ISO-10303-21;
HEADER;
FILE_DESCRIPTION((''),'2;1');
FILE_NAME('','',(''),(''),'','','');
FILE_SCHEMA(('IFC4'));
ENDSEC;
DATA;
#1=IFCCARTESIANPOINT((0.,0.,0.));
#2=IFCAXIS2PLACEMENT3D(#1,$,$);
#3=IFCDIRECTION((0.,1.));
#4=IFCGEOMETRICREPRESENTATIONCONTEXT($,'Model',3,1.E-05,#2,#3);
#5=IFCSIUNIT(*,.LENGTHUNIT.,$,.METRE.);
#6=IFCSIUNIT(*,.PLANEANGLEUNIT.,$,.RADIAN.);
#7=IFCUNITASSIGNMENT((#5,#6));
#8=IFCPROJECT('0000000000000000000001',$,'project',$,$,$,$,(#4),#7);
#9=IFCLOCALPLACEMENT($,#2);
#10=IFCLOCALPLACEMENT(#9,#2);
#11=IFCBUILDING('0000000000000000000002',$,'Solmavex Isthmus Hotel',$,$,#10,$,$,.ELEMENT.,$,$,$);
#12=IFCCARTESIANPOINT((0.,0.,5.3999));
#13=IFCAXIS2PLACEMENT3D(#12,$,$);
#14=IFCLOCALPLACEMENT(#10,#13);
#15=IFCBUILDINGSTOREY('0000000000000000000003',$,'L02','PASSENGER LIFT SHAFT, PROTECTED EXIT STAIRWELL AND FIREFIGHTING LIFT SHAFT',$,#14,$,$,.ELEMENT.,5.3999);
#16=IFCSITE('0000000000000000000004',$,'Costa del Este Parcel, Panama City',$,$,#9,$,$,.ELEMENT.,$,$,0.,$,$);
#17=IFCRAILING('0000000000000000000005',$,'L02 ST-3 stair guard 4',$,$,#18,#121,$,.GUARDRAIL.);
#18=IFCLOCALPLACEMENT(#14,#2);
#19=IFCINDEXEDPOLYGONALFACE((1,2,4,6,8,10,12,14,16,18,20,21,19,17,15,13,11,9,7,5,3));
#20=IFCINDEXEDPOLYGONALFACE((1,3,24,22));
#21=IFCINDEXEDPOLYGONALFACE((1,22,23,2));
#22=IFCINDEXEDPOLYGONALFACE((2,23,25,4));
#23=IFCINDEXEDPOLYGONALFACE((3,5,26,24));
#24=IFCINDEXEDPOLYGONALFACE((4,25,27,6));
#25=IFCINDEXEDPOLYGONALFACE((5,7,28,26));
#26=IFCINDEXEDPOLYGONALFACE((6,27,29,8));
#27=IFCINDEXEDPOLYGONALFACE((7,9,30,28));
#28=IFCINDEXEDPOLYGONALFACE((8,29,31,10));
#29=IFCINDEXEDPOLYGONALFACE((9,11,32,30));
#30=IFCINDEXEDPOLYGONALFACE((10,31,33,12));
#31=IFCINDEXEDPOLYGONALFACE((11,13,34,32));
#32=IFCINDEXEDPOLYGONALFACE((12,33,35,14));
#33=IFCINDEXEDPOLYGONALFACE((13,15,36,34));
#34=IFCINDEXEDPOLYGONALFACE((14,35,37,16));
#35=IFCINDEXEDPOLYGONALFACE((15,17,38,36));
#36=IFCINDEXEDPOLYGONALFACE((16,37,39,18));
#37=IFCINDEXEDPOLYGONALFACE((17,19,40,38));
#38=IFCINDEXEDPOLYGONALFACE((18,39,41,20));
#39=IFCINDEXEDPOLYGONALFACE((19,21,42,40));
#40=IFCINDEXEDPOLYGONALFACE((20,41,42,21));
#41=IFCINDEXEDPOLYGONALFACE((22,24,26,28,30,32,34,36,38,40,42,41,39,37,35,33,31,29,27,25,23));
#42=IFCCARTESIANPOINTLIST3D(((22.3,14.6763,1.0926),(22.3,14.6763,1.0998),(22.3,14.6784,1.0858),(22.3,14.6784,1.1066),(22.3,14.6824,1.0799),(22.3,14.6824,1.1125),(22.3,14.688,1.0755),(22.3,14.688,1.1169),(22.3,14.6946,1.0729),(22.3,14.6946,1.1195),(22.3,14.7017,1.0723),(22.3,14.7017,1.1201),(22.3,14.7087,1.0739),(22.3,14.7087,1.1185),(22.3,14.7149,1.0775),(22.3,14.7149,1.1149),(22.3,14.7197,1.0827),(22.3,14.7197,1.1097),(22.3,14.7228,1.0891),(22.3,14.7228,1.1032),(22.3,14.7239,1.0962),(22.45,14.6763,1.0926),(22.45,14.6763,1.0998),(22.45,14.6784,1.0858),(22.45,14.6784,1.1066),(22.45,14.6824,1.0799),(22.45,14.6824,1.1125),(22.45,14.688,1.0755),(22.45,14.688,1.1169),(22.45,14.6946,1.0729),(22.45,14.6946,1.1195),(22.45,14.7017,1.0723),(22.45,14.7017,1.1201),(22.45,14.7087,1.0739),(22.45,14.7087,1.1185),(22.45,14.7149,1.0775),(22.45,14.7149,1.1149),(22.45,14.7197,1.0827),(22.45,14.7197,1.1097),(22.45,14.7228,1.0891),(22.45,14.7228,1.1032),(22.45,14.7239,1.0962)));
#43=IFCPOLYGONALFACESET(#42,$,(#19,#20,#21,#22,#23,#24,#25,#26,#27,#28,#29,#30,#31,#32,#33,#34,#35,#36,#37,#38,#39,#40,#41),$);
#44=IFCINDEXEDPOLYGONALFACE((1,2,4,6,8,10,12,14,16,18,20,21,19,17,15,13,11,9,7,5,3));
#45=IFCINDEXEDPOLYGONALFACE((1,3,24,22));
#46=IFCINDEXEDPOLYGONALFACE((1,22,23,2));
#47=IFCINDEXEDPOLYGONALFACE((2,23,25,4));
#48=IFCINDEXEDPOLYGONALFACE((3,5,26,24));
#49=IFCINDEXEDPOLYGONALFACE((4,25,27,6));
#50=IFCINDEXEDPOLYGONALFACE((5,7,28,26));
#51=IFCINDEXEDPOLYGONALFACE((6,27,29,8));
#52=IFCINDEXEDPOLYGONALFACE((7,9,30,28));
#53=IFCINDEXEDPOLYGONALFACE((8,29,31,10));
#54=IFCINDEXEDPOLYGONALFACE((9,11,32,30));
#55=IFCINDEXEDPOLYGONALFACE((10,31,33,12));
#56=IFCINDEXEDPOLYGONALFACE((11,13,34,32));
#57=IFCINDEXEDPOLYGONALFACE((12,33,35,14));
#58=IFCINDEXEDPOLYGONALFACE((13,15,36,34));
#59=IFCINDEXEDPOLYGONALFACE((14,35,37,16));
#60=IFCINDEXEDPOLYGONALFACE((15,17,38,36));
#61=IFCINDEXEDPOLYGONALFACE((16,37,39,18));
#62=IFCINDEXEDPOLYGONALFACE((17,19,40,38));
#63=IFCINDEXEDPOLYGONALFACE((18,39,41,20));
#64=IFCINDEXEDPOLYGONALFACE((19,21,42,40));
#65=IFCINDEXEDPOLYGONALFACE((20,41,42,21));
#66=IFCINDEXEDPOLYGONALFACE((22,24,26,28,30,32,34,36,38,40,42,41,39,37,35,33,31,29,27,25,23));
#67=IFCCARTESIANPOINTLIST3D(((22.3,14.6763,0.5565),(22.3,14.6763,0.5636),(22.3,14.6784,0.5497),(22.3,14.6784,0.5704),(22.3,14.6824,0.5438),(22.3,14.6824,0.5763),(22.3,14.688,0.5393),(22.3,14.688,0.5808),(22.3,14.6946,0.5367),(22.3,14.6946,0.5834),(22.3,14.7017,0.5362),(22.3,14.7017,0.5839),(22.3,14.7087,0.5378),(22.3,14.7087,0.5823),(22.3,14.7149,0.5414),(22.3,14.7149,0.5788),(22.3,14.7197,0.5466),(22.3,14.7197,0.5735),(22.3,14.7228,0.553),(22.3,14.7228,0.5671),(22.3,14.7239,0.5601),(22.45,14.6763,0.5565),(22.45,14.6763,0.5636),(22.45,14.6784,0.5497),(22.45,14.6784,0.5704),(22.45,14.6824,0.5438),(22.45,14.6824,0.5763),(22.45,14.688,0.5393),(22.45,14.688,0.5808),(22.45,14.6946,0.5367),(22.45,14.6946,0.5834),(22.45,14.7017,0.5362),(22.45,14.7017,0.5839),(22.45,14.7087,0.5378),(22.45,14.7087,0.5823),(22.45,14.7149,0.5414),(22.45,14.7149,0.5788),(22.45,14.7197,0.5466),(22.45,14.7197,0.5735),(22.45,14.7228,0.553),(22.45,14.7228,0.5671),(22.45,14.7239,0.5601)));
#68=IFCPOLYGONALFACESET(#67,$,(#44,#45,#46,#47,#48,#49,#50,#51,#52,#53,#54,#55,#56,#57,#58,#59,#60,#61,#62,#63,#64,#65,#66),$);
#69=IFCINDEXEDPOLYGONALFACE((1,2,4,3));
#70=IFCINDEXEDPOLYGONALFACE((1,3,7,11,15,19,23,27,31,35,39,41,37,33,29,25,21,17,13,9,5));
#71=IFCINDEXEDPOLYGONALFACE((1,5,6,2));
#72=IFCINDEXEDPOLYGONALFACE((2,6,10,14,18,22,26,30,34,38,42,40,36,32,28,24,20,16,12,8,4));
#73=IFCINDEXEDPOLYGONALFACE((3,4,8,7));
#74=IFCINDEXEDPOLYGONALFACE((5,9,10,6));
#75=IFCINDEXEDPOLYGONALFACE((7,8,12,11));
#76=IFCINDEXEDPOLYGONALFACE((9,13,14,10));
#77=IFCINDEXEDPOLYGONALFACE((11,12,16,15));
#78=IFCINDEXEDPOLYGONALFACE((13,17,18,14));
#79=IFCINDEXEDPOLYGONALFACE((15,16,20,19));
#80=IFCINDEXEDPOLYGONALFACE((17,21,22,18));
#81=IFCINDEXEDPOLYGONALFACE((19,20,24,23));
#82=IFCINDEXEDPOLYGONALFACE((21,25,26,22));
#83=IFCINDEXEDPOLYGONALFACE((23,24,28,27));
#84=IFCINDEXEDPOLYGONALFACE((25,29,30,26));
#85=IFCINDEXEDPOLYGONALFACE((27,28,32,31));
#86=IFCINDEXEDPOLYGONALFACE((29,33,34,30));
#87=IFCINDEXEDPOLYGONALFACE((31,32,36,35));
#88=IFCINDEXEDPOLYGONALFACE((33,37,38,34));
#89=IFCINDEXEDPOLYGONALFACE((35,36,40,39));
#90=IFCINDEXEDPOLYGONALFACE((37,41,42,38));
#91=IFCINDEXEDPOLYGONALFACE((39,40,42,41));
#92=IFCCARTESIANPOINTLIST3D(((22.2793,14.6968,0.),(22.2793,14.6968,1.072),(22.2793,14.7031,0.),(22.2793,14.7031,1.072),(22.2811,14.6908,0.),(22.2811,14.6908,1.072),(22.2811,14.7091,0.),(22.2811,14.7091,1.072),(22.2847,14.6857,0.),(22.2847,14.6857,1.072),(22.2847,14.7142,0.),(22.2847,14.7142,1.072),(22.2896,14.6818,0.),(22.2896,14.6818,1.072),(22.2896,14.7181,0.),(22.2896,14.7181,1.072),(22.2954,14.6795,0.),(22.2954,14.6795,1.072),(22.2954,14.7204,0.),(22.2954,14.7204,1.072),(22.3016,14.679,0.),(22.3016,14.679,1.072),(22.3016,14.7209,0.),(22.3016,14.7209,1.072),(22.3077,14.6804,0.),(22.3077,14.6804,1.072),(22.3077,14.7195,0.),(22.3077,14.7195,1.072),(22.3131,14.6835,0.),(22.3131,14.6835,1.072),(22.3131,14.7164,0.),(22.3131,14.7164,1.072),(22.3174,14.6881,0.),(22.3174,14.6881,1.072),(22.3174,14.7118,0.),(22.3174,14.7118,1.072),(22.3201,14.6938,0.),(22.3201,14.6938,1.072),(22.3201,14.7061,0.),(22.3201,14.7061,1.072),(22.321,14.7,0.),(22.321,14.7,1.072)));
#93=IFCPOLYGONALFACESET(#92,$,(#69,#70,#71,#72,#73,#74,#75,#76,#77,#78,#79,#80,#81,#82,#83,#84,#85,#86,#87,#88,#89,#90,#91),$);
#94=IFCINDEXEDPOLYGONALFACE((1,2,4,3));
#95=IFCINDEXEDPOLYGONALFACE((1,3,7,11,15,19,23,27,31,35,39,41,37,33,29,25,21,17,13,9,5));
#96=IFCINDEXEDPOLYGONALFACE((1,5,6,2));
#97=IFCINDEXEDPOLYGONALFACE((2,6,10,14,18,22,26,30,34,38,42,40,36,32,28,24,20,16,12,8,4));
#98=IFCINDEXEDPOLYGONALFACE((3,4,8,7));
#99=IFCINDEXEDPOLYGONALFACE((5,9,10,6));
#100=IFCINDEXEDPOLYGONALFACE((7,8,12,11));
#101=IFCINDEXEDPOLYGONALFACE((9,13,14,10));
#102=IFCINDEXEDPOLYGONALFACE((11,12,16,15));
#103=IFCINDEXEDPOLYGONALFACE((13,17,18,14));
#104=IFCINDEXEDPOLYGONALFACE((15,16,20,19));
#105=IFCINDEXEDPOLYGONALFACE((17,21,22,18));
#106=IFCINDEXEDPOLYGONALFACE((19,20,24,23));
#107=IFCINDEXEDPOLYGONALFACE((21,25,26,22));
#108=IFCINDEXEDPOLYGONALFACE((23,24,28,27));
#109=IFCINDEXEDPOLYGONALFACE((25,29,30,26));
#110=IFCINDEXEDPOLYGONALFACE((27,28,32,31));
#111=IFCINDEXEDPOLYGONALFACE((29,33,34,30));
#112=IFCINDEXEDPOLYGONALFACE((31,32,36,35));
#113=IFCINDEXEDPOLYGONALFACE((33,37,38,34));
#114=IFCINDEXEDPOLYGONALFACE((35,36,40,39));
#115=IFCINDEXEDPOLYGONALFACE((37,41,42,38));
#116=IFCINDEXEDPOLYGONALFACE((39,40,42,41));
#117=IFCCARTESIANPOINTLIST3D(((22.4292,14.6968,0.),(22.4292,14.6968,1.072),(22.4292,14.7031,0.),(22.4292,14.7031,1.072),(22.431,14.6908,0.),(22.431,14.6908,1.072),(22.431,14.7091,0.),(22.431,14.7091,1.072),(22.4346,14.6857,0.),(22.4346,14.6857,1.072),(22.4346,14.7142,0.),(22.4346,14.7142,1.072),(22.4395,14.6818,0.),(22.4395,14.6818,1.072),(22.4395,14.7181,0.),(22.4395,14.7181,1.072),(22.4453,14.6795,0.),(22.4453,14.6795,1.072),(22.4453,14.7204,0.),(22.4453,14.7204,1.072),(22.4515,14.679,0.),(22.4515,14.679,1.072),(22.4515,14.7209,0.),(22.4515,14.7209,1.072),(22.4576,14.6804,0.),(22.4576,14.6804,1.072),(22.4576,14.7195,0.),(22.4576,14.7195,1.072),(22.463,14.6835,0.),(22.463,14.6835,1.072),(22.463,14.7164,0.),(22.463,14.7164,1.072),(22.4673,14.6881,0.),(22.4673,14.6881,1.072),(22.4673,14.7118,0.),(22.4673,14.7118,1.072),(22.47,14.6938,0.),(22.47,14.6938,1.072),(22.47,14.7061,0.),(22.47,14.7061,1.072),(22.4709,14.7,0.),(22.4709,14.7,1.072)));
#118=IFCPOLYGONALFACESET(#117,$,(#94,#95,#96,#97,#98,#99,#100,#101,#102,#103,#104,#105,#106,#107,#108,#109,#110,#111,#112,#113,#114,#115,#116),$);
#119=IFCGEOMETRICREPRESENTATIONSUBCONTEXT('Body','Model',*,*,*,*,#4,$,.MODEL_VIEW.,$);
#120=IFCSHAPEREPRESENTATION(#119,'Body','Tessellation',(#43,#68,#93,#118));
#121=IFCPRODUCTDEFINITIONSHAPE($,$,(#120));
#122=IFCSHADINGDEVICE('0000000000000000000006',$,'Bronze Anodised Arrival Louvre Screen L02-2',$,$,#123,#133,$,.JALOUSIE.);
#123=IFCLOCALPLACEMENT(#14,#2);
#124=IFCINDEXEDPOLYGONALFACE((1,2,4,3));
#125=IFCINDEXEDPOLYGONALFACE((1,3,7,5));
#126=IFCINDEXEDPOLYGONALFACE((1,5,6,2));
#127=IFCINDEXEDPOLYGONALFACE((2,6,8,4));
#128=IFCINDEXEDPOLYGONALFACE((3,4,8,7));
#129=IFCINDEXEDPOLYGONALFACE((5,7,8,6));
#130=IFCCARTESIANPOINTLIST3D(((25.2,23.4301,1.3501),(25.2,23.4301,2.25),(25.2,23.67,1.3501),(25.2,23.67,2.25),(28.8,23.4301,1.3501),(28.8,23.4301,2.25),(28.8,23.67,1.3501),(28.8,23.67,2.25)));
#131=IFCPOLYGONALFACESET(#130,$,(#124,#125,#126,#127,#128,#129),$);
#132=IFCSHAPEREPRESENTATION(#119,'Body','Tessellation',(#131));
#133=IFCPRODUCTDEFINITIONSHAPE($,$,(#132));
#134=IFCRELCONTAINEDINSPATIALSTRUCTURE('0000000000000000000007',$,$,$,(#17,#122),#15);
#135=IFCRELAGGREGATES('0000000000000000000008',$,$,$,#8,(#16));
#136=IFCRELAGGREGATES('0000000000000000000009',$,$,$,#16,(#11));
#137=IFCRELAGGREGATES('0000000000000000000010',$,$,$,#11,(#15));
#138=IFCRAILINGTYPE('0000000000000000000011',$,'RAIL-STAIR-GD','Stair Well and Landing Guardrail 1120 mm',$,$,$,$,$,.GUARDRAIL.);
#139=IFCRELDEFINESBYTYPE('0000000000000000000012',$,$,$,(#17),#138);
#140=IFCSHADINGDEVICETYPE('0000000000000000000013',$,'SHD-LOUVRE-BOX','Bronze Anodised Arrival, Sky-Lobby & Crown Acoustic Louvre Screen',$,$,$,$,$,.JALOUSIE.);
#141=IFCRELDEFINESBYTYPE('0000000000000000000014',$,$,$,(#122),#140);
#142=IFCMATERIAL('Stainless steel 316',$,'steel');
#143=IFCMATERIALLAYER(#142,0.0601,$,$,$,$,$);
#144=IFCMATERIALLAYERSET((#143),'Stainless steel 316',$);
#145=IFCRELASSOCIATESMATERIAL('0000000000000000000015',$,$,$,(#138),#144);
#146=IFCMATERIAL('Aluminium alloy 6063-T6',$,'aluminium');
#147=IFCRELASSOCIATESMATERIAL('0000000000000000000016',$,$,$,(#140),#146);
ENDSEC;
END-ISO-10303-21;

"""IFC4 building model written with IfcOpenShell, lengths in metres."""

from ifc_helpers import new_model, si_unit, direction, frame, origin, origin_2d, place, context, subcontext, project, spatial, rectangle, circle, extrude, material, layer, layer_set, type_object, element, save


model = new_model("IFC4")

# Units and contexts
model_context = context("Model", 3, precision=1e-05, world=origin(), true_north=direction((0.0, 1.0)))
body_context = subcontext(model_context, "Body", "Model", "MODEL_VIEW")
ifc_project = project(units=[si_unit("LENGTHUNIT", "METRE"), si_unit("PLANEANGLEUNIT", "RADIAN")], contexts=[model_context])

# Site, building, storey
site_placement = place(None, origin())
site = spatial("IfcSite", under=ifc_project, at=site_placement, Name="Costa del Este Parcel, Panama City", CompositionType="ELEMENT", RefElevation=0.0)
building_placement = place(site_placement, origin())
building = spatial("IfcBuilding", under=site, at=building_placement, Name="Solmavex Isthmus Hotel", CompositionType="ELEMENT")
storey_placement = place(building_placement, frame((0.0, 0.0, 5.3999)))
storey = spatial("IfcBuildingStorey", under=building, at=storey_placement, Name="L02", Description="PASSENGER LIFT SHAFT, PROTECTED EXIT STAIRWELL AND FIREFIGHTING LIFT SHAFT", CompositionType="ELEMENT", Elevation=5.3999)

# Shared definitions
ifc_material_1 = material(Name="Aluminium alloy 6063-T6", Category="aluminium")

# Railing
ifc_material_2 = material(Name="Stainless steel 316", Category="steel")
ifc_layer_1 = layer(ifc_material_2, 0.0601)
ifc_layer_set_1 = layer_set([ifc_layer_1], Name="Stainless steel 316")
railing_type_1 = type_object("IfcRailingType", Name="RAIL-STAIR-GD", Description="Stair Well and Landing Guardrail 1120 mm", PredefinedType="GUARDRAIL", material=ifc_layer_set_1)
railing_1_placement = place(storey_placement, frame((22.3, 14.7, 0.0)))
element("IfcRailing", 1, at=railing_1_placement, inside=storey, type_object=railing_type_1, Name="L02 ST-3 stair guard 4", PredefinedType="GUARDRAIL", context=body_context, shape_type="SweptSolid", body=[
    extrude(circle(Radius=0.0239, at=origin_2d()), frame((0.0, 0.0, 1.0962), z_axis=(1.0, 0.0, 0.0), x_axis=(0.0, 1.0, 0.0)), (0.0, 0.0, 1.0), 0.1499),
    extrude(circle(Radius=0.0239, at=origin_2d()), frame((0.0, 0.0, 0.5601), z_axis=(1.0, 0.0, 0.0), x_axis=(0.0, 1.0, 0.0)), (0.0, 0.0, 1.0), 0.1499),
    extrude(circle(Radius=0.021, at=origin_2d()), origin(), (0.0, 0.0, 1.0), 1.072),
    extrude(circle(Radius=0.021, at=origin_2d()), frame((0.1499, 0.0, 0.0)), (0.0, 0.0, 1.0), 1.072),
])

# Shading device
shading_device_type = type_object("IfcShadingDeviceType", Name="SHD-LOUVRE-BOX", Description="Bronze Anodised Arrival, Sky-Lobby & Crown Acoustic Louvre Screen", PredefinedType="JALOUSIE", material=ifc_material_1)
shading_device_placement = place(storey_placement, frame((27.0, 23.55, 1.3501), z_axis=(0.0, 0.0, 1.0), x_axis=(1.0, 0.0, 0.0)))
element("IfcShadingDevice", 2, at=shading_device_placement, inside=storey, type_object=shading_device_type, Name="Bronze Anodised Arrival Louvre Screen L02-2", PredefinedType="JALOUSIE", context=body_context, shape_type="SweptSolid", body=[
    extrude(rectangle(XDim=3.6001, YDim=0.24, at=origin_2d()), origin(), (0.0, 0.0, 1.0), 0.8999),
])

save(model, "model.ifc")
